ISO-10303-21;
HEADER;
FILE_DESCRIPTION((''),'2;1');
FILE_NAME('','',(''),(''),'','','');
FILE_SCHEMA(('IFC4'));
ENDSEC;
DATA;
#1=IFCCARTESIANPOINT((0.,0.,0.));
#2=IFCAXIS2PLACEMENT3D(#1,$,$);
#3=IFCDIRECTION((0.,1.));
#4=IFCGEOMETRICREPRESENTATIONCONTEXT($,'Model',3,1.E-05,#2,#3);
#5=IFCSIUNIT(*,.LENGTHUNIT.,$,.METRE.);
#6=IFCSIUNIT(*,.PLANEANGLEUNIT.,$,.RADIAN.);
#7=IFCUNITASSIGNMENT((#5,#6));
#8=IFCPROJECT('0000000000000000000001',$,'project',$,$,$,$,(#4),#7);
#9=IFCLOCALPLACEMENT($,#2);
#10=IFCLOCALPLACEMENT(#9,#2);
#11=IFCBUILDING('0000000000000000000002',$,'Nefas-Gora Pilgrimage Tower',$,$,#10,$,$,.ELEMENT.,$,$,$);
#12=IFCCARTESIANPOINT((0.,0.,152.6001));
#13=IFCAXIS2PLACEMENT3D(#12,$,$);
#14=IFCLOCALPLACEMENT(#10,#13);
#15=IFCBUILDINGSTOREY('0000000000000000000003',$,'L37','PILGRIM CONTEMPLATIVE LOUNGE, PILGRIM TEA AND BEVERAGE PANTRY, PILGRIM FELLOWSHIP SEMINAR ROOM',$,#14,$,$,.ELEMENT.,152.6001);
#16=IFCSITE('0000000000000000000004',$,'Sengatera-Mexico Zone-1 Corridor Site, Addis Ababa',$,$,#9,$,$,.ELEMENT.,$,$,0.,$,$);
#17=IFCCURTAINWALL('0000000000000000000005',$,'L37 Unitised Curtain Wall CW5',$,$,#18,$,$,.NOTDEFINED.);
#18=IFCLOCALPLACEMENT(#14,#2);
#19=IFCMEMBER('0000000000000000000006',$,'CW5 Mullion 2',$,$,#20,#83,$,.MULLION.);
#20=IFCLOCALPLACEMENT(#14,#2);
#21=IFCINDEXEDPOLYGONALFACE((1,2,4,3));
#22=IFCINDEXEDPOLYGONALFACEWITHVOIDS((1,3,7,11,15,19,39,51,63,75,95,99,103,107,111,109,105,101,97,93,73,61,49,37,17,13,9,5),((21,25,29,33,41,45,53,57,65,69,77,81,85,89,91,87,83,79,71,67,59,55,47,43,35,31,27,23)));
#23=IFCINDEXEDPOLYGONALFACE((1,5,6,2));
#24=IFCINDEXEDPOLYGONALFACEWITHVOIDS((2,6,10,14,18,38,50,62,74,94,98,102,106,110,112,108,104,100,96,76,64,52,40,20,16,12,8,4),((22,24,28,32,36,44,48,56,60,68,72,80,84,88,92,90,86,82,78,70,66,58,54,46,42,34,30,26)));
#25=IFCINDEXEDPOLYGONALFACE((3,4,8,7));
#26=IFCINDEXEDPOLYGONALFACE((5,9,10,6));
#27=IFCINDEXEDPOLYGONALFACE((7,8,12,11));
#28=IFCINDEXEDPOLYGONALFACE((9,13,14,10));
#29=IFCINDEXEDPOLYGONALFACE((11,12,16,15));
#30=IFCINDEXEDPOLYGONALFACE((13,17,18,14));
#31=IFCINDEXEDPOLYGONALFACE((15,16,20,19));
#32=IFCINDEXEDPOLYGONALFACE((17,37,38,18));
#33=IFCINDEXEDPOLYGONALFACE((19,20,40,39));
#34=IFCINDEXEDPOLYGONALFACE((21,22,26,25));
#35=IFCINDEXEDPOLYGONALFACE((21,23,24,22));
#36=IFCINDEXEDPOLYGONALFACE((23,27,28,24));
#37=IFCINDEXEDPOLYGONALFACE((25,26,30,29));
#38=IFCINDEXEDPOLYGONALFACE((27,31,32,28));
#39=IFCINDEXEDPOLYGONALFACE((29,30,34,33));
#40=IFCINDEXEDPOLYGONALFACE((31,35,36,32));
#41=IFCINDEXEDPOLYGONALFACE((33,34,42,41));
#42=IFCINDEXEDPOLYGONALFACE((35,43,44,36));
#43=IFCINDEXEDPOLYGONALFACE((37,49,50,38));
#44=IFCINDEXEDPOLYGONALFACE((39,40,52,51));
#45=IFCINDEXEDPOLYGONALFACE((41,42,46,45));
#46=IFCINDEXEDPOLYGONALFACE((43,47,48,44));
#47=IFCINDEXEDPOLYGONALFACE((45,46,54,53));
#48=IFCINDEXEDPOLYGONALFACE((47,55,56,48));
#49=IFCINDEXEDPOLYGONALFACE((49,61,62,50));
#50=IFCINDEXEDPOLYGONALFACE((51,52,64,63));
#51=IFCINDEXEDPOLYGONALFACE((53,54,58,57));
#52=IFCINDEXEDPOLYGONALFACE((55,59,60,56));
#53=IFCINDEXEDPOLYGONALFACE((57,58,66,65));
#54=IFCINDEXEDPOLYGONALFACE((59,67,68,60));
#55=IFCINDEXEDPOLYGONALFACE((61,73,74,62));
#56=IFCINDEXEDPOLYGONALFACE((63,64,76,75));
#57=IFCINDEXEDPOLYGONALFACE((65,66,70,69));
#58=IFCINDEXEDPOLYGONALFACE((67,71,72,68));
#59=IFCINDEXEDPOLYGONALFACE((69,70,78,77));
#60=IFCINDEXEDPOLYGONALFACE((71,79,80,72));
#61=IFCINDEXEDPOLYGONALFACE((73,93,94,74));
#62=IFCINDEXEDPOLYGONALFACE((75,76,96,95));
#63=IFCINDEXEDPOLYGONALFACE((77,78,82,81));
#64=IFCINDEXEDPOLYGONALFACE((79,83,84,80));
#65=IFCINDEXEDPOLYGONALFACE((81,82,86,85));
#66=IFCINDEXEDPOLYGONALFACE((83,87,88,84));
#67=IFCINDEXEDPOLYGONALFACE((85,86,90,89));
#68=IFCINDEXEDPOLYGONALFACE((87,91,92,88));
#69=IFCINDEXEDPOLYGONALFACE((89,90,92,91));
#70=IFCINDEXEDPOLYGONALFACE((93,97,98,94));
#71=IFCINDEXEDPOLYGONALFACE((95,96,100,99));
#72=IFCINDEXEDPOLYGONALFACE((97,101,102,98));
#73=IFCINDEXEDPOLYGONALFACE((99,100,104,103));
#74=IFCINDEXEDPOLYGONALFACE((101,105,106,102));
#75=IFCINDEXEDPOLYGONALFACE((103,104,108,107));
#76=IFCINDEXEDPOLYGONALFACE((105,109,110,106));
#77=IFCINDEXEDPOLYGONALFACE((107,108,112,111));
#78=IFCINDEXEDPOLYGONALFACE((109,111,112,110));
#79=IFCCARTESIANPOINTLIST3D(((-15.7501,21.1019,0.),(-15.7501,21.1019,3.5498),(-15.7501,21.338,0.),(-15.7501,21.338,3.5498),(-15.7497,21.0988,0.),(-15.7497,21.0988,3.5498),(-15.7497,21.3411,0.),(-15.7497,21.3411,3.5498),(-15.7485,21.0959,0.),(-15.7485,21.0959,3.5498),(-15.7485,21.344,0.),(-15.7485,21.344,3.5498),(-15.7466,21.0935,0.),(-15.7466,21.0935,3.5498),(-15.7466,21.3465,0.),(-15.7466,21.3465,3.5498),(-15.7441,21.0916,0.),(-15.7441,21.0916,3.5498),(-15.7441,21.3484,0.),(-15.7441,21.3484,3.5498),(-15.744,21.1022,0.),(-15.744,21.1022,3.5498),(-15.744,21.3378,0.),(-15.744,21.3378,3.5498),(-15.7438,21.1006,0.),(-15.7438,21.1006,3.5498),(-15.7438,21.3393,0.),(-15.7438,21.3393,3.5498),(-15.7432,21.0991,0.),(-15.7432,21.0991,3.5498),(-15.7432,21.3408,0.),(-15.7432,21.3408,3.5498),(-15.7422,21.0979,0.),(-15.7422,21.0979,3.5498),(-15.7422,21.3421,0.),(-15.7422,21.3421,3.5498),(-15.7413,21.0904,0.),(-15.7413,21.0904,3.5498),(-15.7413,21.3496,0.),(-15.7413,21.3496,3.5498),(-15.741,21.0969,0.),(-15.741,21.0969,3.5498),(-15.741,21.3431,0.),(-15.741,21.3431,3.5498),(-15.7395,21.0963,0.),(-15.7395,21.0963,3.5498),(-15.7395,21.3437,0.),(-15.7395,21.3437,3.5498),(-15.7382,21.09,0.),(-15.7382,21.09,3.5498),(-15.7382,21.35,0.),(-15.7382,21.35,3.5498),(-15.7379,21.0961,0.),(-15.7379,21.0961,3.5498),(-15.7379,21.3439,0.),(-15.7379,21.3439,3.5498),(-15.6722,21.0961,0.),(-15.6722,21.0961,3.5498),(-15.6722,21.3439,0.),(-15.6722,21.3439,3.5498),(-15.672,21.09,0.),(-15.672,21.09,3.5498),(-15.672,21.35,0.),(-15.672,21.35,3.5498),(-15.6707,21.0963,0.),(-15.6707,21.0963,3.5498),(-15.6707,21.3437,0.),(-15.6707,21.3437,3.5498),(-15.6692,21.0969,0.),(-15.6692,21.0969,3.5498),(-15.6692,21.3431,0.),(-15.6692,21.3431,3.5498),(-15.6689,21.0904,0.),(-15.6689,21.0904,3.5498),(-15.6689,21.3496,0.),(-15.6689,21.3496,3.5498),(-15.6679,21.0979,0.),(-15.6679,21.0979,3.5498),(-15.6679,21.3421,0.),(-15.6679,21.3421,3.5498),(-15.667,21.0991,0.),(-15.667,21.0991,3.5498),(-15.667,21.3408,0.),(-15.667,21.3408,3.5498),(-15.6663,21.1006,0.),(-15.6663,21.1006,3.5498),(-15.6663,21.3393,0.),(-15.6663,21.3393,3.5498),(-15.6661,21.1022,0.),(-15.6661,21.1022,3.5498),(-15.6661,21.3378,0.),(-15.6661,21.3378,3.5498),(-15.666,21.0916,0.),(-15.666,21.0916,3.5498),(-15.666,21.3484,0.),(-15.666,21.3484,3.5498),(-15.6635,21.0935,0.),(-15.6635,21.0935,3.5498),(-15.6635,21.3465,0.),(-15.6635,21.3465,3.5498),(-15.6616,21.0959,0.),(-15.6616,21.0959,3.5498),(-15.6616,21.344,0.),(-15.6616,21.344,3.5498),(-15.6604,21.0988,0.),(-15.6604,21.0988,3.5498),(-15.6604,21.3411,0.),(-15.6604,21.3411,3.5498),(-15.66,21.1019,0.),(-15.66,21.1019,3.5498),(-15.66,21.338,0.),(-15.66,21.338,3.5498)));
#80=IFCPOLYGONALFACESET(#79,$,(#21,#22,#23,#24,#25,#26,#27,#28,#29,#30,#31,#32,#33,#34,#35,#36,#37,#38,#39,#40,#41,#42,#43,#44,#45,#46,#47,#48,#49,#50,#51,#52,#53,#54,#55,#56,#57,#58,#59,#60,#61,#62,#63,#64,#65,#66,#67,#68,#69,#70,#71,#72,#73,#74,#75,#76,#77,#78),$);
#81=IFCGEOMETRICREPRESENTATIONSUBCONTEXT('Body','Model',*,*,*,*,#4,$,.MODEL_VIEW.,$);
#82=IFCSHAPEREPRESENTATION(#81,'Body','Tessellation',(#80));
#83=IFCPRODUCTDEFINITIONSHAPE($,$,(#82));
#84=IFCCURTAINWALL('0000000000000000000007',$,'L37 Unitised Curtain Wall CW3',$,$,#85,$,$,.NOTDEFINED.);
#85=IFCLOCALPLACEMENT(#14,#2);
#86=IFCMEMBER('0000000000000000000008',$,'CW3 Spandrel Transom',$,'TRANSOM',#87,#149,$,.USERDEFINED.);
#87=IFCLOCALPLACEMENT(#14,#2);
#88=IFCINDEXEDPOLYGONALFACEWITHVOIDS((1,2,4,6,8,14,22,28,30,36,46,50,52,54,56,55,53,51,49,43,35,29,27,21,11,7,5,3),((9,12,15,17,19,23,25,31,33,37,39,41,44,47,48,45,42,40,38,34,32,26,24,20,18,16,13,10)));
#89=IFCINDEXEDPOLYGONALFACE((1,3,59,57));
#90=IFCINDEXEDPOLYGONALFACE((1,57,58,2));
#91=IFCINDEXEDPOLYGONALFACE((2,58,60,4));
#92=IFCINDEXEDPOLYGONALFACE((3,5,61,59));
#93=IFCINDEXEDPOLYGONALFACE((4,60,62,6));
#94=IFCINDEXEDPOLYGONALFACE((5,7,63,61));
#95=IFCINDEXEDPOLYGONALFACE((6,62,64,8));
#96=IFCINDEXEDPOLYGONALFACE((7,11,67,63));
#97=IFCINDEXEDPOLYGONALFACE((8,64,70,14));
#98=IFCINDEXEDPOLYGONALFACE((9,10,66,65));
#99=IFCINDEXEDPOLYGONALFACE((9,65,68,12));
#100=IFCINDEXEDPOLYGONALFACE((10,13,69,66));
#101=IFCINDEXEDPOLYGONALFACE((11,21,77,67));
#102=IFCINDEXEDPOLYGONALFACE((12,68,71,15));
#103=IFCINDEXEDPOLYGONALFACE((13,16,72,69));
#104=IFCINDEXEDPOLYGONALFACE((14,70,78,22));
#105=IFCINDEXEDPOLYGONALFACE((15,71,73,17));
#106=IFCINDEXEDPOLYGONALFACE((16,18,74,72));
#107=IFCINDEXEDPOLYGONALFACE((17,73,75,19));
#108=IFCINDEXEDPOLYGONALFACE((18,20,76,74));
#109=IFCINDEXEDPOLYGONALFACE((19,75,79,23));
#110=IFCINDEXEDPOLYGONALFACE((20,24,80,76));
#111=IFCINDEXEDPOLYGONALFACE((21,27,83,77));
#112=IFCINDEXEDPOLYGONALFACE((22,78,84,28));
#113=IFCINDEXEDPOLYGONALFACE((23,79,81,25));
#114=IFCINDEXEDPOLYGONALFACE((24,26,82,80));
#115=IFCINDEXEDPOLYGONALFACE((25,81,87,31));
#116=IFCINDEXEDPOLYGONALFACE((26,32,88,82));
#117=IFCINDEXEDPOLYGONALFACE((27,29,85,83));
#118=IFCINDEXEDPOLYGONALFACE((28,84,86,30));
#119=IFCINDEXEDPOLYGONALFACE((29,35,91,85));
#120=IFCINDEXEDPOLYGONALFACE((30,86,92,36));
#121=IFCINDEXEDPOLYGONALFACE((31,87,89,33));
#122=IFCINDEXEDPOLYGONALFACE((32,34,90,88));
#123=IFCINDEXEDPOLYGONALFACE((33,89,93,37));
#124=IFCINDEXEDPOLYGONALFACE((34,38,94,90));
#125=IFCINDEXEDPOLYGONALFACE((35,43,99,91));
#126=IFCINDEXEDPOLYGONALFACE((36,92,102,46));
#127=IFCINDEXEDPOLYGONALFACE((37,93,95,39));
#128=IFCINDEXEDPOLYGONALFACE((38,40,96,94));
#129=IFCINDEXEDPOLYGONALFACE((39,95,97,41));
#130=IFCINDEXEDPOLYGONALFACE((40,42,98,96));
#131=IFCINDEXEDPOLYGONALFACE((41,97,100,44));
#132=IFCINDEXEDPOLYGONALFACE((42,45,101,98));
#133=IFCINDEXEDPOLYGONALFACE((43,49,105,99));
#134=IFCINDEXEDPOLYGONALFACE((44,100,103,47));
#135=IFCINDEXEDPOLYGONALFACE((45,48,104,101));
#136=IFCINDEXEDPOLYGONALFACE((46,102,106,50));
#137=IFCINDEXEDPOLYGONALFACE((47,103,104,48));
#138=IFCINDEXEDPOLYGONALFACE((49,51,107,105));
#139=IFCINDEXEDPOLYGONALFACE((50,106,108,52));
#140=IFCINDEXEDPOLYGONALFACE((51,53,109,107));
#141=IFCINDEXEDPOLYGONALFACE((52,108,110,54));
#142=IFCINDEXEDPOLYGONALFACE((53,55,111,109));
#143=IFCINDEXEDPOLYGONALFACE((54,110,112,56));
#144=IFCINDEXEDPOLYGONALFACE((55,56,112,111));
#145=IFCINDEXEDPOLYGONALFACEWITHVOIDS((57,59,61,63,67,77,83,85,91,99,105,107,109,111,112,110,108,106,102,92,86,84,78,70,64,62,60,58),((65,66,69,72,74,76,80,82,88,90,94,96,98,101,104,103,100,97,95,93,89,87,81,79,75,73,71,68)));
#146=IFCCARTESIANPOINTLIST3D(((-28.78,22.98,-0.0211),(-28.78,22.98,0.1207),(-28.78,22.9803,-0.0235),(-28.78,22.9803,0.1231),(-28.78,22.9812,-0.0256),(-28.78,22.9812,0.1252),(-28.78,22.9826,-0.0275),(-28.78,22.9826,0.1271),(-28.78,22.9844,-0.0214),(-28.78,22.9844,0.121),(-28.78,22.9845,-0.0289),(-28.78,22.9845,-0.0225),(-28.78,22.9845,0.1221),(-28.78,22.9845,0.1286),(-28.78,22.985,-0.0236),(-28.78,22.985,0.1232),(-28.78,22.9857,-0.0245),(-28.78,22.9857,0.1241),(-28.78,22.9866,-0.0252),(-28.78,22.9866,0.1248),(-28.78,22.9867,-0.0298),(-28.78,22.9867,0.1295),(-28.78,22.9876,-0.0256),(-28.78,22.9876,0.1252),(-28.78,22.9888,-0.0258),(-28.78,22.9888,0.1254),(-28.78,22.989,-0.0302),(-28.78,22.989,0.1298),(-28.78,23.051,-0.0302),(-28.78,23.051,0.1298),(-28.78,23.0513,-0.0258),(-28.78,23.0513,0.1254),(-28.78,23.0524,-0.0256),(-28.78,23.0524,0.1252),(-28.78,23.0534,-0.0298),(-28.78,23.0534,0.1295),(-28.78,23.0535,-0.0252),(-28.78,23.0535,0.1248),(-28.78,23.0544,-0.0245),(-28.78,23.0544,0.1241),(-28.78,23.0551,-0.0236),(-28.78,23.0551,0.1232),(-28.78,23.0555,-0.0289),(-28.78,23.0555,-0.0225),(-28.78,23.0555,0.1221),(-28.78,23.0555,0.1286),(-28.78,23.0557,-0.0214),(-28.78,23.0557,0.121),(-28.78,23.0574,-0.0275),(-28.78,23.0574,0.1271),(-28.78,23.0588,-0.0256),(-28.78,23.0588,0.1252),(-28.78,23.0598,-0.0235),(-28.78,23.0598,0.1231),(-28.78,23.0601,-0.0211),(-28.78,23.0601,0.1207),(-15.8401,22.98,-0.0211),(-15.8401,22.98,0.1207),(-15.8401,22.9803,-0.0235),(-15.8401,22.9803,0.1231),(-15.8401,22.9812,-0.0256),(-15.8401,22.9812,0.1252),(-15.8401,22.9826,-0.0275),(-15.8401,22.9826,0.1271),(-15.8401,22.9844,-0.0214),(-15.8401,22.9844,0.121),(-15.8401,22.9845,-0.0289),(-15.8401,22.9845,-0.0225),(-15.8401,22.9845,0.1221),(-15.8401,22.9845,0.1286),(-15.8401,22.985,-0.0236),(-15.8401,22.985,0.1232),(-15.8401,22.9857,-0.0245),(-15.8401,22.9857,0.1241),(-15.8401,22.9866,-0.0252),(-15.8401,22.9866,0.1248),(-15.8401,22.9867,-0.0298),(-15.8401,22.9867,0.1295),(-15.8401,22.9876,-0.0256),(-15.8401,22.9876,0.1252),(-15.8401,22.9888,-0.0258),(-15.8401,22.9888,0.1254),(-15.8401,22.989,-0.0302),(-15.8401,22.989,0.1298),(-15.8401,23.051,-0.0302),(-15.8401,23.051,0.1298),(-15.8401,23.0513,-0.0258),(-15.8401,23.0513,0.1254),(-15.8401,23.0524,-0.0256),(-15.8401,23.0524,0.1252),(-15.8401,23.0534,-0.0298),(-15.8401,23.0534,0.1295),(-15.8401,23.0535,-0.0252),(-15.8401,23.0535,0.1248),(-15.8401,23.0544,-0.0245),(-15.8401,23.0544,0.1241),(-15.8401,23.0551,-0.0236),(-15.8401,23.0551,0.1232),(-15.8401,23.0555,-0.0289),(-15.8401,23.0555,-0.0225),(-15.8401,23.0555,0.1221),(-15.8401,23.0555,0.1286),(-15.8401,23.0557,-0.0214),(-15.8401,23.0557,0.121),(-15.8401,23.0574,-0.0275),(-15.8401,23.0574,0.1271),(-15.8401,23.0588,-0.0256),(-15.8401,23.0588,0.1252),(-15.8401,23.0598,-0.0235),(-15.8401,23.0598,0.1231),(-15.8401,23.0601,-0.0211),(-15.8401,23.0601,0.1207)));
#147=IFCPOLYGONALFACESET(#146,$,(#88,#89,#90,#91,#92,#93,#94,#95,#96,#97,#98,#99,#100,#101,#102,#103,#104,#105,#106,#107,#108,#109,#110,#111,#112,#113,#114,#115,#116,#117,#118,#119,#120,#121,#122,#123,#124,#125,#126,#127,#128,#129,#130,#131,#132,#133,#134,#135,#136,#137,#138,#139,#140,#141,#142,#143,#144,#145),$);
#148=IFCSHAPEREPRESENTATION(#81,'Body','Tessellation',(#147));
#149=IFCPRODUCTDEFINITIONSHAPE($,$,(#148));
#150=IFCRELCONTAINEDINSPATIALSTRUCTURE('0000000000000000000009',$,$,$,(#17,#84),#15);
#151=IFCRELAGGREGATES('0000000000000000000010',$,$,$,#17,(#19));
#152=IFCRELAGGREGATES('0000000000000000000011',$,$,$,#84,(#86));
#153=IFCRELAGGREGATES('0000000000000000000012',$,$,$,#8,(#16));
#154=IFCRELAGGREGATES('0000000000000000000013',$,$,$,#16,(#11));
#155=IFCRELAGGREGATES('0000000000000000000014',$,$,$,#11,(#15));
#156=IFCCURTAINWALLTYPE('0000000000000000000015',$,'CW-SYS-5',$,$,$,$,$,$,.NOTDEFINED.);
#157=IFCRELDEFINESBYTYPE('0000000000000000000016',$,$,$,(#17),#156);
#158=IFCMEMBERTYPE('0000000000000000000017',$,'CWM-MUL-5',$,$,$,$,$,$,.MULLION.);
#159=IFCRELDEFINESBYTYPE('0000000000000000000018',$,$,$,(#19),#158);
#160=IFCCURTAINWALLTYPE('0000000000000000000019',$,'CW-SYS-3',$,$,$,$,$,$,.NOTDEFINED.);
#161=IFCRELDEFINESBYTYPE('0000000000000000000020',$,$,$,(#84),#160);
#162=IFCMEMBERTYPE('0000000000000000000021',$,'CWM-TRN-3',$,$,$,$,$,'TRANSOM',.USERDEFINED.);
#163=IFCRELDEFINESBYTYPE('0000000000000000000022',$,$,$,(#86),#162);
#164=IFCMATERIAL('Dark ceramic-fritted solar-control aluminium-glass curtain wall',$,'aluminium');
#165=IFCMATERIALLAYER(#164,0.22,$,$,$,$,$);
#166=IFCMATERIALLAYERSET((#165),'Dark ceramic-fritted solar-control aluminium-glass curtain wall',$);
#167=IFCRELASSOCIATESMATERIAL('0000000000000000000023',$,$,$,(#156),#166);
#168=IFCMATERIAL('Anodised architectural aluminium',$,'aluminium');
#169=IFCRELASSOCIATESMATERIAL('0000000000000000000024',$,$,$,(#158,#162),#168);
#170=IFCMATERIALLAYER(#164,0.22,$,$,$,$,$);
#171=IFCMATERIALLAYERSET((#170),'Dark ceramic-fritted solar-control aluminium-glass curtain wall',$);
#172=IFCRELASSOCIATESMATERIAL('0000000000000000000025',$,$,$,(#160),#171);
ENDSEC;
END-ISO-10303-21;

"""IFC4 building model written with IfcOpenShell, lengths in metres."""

from ifc_helpers import new_model, si_unit, direction, frame, origin, origin_2d, place, context, subcontext, project, spatial, hollow_rectangle, extrude, source, transform, mapped, material, layer, layer_set, material_profile, profile_set, type_object, element, aggregate, save


model = new_model("IFC4")

# Units and contexts
model_context = context("Model", 3, precision=1e-05, world=origin(), true_north=direction((0.0, 1.0)))
body_context = subcontext(model_context, "Body", "Model", "MODEL_VIEW")
ifc_project = project(units=[si_unit("LENGTHUNIT", "METRE"), si_unit("PLANEANGLEUNIT", "RADIAN")], contexts=[model_context])

# Site, building, storey
site_placement = place(None, origin())
site = spatial("IfcSite", under=ifc_project, at=site_placement, Name="Sengatera-Mexico Zone-1 Corridor Site, Addis Ababa", CompositionType="ELEMENT", RefElevation=0.0)
building_placement = place(site_placement, origin())
building = spatial("IfcBuilding", under=site, at=building_placement, Name="Nefas-Gora Pilgrimage Tower", CompositionType="ELEMENT")
storey_placement = place(building_placement, frame((0.0, 0.0, 152.6001)))
storey = spatial("IfcBuildingStorey", under=building, at=storey_placement, Name="L37", Description="PILGRIM CONTEMPLATIVE LOUNGE, PILGRIM TEA AND BEVERAGE PANTRY, PILGRIM FELLOWSHIP SEMINAR ROOM", CompositionType="ELEMENT", Elevation=152.6001)

# Curtain wall, member
ifc_material_1 = material(Name="Dark ceramic-fritted solar-control aluminium-glass curtain wall", Category="aluminium")
ifc_layer_1 = layer(ifc_material_1, 0.22)
ifc_layer_set_1 = layer_set([ifc_layer_1], Name="Dark ceramic-fritted solar-control aluminium-glass curtain wall")
curtain_wall_type_1 = type_object("IfcCurtainWallType", Name="CW-SYS-5", PredefinedType="NOTDEFINED", material=ifc_layer_set_1)
curtain_wall_1_placement = place(storey_placement, origin())
curtain_wall_1 = element("IfcCurtainWall", 1, at=curtain_wall_1_placement, inside=storey, type_object=curtain_wall_type_1, Name="L37 Unitised Curtain Wall CW5", PredefinedType="NOTDEFINED")
ifc_material_2 = material(Name="Anodised architectural aluminium", Category="aluminium")
ifc_material_profile_1 = material_profile(ifc_material_2, hollow_rectangle(XDim=0.0901, YDim=0.26, WallThickness=0.0061, InnerFilletRadius=0.0061, OuterFilletRadius=0.012, at=origin_2d()), Name="ALU MULLION 90x260")
ifc_profile_set_1 = profile_set([ifc_material_profile_1], Name="Anodised architectural aluminium")
member_type_1 = type_object("IfcMemberType", Name="CWM-MUL-5", PredefinedType="MULLION", material=ifc_profile_set_1)
shared_shape_1 = source(origin(), body_context, "Body", "SweptSolid", [
    extrude(hollow_rectangle(XDim=0.0901, YDim=0.26, WallThickness=0.0061, InnerFilletRadius=0.0061, OuterFilletRadius=0.012, at=origin_2d()), origin(), (0.0, 0.0, 1.0), 3.5498),
])
member_1_placement = place(storey_placement, frame((-15.7051, 21.22, 0.0), z_axis=(0.0, 0.0, 1.0), x_axis=(-1.0, 0.0, 0.0)))
member_1 = element("IfcMember", 2, at=member_1_placement, type_object=member_type_1, Name="CW5 Mullion 2", PredefinedType="MULLION", context=body_context, shape_type="MappedRepresentation", body=[
    mapped(shared_shape_1, transform((0.0, 0.0, 0.0), x_axis=(1.0, 0.0, 0.0), y_axis=(0.0, 1.0, 0.0), z_axis=(0.0, 0.0, 1.0), scale=1.0)),
])

# Curtain wall, member
ifc_layer_2 = layer(ifc_material_1, 0.22)
ifc_layer_set_2 = layer_set([ifc_layer_2], Name="Dark ceramic-fritted solar-control aluminium-glass curtain wall")
curtain_wall_type_2 = type_object("IfcCurtainWallType", Name="CW-SYS-3", PredefinedType="NOTDEFINED", material=ifc_layer_set_2)
curtain_wall_2_placement = place(storey_placement, origin())
curtain_wall_2 = element("IfcCurtainWall", 3, at=curtain_wall_2_placement, inside=storey, type_object=curtain_wall_type_2, Name="L37 Unitised Curtain Wall CW3", PredefinedType="NOTDEFINED")
ifc_material_profile_2 = material_profile(ifc_material_2, hollow_rectangle(XDim=0.0801, YDim=0.1599, WallThickness=0.0044, InnerFilletRadius=0.0044, OuterFilletRadius=0.009, at=origin_2d()), Name="ALU TRANSOM 80x160")
ifc_profile_set_2 = profile_set([ifc_material_profile_2], Name="Anodised architectural aluminium")
member_type_2 = type_object("IfcMemberType", Name="CWM-TRN-3", ElementType="TRANSOM", PredefinedType="USERDEFINED", material=ifc_profile_set_2)
shared_shape_2 = source(origin(), body_context, "Body", "SweptSolid", [
    extrude(hollow_rectangle(XDim=0.0801, YDim=0.1599, WallThickness=0.0044, InnerFilletRadius=0.0044, OuterFilletRadius=0.009, at=origin_2d()), origin(), (0.0, 0.0, 1.0), 12.9399),
])
member_2_placement = place(storey_placement, frame((-15.8401, 23.02, 0.0498), z_axis=(-1.0, 0.0, 0.0), x_axis=(0.0, -1.0, 0.0)))
member_2 = element("IfcMember", 4, at=member_2_placement, type_object=member_type_2, Name="CW3 Spandrel Transom", ObjectType="TRANSOM", PredefinedType="USERDEFINED", context=body_context, shape_type="MappedRepresentation", body=[
    mapped(shared_shape_2, transform((0.0, 0.0, 0.0), x_axis=(1.0, 0.0, 0.0), y_axis=(0.0, 1.0, 0.0), z_axis=(0.0, 0.0, 1.0), scale=1.0)),
])

aggregate(curtain_wall_1, [member_1])
aggregate(curtain_wall_2, [member_2])

save(model, "model.ifc")
